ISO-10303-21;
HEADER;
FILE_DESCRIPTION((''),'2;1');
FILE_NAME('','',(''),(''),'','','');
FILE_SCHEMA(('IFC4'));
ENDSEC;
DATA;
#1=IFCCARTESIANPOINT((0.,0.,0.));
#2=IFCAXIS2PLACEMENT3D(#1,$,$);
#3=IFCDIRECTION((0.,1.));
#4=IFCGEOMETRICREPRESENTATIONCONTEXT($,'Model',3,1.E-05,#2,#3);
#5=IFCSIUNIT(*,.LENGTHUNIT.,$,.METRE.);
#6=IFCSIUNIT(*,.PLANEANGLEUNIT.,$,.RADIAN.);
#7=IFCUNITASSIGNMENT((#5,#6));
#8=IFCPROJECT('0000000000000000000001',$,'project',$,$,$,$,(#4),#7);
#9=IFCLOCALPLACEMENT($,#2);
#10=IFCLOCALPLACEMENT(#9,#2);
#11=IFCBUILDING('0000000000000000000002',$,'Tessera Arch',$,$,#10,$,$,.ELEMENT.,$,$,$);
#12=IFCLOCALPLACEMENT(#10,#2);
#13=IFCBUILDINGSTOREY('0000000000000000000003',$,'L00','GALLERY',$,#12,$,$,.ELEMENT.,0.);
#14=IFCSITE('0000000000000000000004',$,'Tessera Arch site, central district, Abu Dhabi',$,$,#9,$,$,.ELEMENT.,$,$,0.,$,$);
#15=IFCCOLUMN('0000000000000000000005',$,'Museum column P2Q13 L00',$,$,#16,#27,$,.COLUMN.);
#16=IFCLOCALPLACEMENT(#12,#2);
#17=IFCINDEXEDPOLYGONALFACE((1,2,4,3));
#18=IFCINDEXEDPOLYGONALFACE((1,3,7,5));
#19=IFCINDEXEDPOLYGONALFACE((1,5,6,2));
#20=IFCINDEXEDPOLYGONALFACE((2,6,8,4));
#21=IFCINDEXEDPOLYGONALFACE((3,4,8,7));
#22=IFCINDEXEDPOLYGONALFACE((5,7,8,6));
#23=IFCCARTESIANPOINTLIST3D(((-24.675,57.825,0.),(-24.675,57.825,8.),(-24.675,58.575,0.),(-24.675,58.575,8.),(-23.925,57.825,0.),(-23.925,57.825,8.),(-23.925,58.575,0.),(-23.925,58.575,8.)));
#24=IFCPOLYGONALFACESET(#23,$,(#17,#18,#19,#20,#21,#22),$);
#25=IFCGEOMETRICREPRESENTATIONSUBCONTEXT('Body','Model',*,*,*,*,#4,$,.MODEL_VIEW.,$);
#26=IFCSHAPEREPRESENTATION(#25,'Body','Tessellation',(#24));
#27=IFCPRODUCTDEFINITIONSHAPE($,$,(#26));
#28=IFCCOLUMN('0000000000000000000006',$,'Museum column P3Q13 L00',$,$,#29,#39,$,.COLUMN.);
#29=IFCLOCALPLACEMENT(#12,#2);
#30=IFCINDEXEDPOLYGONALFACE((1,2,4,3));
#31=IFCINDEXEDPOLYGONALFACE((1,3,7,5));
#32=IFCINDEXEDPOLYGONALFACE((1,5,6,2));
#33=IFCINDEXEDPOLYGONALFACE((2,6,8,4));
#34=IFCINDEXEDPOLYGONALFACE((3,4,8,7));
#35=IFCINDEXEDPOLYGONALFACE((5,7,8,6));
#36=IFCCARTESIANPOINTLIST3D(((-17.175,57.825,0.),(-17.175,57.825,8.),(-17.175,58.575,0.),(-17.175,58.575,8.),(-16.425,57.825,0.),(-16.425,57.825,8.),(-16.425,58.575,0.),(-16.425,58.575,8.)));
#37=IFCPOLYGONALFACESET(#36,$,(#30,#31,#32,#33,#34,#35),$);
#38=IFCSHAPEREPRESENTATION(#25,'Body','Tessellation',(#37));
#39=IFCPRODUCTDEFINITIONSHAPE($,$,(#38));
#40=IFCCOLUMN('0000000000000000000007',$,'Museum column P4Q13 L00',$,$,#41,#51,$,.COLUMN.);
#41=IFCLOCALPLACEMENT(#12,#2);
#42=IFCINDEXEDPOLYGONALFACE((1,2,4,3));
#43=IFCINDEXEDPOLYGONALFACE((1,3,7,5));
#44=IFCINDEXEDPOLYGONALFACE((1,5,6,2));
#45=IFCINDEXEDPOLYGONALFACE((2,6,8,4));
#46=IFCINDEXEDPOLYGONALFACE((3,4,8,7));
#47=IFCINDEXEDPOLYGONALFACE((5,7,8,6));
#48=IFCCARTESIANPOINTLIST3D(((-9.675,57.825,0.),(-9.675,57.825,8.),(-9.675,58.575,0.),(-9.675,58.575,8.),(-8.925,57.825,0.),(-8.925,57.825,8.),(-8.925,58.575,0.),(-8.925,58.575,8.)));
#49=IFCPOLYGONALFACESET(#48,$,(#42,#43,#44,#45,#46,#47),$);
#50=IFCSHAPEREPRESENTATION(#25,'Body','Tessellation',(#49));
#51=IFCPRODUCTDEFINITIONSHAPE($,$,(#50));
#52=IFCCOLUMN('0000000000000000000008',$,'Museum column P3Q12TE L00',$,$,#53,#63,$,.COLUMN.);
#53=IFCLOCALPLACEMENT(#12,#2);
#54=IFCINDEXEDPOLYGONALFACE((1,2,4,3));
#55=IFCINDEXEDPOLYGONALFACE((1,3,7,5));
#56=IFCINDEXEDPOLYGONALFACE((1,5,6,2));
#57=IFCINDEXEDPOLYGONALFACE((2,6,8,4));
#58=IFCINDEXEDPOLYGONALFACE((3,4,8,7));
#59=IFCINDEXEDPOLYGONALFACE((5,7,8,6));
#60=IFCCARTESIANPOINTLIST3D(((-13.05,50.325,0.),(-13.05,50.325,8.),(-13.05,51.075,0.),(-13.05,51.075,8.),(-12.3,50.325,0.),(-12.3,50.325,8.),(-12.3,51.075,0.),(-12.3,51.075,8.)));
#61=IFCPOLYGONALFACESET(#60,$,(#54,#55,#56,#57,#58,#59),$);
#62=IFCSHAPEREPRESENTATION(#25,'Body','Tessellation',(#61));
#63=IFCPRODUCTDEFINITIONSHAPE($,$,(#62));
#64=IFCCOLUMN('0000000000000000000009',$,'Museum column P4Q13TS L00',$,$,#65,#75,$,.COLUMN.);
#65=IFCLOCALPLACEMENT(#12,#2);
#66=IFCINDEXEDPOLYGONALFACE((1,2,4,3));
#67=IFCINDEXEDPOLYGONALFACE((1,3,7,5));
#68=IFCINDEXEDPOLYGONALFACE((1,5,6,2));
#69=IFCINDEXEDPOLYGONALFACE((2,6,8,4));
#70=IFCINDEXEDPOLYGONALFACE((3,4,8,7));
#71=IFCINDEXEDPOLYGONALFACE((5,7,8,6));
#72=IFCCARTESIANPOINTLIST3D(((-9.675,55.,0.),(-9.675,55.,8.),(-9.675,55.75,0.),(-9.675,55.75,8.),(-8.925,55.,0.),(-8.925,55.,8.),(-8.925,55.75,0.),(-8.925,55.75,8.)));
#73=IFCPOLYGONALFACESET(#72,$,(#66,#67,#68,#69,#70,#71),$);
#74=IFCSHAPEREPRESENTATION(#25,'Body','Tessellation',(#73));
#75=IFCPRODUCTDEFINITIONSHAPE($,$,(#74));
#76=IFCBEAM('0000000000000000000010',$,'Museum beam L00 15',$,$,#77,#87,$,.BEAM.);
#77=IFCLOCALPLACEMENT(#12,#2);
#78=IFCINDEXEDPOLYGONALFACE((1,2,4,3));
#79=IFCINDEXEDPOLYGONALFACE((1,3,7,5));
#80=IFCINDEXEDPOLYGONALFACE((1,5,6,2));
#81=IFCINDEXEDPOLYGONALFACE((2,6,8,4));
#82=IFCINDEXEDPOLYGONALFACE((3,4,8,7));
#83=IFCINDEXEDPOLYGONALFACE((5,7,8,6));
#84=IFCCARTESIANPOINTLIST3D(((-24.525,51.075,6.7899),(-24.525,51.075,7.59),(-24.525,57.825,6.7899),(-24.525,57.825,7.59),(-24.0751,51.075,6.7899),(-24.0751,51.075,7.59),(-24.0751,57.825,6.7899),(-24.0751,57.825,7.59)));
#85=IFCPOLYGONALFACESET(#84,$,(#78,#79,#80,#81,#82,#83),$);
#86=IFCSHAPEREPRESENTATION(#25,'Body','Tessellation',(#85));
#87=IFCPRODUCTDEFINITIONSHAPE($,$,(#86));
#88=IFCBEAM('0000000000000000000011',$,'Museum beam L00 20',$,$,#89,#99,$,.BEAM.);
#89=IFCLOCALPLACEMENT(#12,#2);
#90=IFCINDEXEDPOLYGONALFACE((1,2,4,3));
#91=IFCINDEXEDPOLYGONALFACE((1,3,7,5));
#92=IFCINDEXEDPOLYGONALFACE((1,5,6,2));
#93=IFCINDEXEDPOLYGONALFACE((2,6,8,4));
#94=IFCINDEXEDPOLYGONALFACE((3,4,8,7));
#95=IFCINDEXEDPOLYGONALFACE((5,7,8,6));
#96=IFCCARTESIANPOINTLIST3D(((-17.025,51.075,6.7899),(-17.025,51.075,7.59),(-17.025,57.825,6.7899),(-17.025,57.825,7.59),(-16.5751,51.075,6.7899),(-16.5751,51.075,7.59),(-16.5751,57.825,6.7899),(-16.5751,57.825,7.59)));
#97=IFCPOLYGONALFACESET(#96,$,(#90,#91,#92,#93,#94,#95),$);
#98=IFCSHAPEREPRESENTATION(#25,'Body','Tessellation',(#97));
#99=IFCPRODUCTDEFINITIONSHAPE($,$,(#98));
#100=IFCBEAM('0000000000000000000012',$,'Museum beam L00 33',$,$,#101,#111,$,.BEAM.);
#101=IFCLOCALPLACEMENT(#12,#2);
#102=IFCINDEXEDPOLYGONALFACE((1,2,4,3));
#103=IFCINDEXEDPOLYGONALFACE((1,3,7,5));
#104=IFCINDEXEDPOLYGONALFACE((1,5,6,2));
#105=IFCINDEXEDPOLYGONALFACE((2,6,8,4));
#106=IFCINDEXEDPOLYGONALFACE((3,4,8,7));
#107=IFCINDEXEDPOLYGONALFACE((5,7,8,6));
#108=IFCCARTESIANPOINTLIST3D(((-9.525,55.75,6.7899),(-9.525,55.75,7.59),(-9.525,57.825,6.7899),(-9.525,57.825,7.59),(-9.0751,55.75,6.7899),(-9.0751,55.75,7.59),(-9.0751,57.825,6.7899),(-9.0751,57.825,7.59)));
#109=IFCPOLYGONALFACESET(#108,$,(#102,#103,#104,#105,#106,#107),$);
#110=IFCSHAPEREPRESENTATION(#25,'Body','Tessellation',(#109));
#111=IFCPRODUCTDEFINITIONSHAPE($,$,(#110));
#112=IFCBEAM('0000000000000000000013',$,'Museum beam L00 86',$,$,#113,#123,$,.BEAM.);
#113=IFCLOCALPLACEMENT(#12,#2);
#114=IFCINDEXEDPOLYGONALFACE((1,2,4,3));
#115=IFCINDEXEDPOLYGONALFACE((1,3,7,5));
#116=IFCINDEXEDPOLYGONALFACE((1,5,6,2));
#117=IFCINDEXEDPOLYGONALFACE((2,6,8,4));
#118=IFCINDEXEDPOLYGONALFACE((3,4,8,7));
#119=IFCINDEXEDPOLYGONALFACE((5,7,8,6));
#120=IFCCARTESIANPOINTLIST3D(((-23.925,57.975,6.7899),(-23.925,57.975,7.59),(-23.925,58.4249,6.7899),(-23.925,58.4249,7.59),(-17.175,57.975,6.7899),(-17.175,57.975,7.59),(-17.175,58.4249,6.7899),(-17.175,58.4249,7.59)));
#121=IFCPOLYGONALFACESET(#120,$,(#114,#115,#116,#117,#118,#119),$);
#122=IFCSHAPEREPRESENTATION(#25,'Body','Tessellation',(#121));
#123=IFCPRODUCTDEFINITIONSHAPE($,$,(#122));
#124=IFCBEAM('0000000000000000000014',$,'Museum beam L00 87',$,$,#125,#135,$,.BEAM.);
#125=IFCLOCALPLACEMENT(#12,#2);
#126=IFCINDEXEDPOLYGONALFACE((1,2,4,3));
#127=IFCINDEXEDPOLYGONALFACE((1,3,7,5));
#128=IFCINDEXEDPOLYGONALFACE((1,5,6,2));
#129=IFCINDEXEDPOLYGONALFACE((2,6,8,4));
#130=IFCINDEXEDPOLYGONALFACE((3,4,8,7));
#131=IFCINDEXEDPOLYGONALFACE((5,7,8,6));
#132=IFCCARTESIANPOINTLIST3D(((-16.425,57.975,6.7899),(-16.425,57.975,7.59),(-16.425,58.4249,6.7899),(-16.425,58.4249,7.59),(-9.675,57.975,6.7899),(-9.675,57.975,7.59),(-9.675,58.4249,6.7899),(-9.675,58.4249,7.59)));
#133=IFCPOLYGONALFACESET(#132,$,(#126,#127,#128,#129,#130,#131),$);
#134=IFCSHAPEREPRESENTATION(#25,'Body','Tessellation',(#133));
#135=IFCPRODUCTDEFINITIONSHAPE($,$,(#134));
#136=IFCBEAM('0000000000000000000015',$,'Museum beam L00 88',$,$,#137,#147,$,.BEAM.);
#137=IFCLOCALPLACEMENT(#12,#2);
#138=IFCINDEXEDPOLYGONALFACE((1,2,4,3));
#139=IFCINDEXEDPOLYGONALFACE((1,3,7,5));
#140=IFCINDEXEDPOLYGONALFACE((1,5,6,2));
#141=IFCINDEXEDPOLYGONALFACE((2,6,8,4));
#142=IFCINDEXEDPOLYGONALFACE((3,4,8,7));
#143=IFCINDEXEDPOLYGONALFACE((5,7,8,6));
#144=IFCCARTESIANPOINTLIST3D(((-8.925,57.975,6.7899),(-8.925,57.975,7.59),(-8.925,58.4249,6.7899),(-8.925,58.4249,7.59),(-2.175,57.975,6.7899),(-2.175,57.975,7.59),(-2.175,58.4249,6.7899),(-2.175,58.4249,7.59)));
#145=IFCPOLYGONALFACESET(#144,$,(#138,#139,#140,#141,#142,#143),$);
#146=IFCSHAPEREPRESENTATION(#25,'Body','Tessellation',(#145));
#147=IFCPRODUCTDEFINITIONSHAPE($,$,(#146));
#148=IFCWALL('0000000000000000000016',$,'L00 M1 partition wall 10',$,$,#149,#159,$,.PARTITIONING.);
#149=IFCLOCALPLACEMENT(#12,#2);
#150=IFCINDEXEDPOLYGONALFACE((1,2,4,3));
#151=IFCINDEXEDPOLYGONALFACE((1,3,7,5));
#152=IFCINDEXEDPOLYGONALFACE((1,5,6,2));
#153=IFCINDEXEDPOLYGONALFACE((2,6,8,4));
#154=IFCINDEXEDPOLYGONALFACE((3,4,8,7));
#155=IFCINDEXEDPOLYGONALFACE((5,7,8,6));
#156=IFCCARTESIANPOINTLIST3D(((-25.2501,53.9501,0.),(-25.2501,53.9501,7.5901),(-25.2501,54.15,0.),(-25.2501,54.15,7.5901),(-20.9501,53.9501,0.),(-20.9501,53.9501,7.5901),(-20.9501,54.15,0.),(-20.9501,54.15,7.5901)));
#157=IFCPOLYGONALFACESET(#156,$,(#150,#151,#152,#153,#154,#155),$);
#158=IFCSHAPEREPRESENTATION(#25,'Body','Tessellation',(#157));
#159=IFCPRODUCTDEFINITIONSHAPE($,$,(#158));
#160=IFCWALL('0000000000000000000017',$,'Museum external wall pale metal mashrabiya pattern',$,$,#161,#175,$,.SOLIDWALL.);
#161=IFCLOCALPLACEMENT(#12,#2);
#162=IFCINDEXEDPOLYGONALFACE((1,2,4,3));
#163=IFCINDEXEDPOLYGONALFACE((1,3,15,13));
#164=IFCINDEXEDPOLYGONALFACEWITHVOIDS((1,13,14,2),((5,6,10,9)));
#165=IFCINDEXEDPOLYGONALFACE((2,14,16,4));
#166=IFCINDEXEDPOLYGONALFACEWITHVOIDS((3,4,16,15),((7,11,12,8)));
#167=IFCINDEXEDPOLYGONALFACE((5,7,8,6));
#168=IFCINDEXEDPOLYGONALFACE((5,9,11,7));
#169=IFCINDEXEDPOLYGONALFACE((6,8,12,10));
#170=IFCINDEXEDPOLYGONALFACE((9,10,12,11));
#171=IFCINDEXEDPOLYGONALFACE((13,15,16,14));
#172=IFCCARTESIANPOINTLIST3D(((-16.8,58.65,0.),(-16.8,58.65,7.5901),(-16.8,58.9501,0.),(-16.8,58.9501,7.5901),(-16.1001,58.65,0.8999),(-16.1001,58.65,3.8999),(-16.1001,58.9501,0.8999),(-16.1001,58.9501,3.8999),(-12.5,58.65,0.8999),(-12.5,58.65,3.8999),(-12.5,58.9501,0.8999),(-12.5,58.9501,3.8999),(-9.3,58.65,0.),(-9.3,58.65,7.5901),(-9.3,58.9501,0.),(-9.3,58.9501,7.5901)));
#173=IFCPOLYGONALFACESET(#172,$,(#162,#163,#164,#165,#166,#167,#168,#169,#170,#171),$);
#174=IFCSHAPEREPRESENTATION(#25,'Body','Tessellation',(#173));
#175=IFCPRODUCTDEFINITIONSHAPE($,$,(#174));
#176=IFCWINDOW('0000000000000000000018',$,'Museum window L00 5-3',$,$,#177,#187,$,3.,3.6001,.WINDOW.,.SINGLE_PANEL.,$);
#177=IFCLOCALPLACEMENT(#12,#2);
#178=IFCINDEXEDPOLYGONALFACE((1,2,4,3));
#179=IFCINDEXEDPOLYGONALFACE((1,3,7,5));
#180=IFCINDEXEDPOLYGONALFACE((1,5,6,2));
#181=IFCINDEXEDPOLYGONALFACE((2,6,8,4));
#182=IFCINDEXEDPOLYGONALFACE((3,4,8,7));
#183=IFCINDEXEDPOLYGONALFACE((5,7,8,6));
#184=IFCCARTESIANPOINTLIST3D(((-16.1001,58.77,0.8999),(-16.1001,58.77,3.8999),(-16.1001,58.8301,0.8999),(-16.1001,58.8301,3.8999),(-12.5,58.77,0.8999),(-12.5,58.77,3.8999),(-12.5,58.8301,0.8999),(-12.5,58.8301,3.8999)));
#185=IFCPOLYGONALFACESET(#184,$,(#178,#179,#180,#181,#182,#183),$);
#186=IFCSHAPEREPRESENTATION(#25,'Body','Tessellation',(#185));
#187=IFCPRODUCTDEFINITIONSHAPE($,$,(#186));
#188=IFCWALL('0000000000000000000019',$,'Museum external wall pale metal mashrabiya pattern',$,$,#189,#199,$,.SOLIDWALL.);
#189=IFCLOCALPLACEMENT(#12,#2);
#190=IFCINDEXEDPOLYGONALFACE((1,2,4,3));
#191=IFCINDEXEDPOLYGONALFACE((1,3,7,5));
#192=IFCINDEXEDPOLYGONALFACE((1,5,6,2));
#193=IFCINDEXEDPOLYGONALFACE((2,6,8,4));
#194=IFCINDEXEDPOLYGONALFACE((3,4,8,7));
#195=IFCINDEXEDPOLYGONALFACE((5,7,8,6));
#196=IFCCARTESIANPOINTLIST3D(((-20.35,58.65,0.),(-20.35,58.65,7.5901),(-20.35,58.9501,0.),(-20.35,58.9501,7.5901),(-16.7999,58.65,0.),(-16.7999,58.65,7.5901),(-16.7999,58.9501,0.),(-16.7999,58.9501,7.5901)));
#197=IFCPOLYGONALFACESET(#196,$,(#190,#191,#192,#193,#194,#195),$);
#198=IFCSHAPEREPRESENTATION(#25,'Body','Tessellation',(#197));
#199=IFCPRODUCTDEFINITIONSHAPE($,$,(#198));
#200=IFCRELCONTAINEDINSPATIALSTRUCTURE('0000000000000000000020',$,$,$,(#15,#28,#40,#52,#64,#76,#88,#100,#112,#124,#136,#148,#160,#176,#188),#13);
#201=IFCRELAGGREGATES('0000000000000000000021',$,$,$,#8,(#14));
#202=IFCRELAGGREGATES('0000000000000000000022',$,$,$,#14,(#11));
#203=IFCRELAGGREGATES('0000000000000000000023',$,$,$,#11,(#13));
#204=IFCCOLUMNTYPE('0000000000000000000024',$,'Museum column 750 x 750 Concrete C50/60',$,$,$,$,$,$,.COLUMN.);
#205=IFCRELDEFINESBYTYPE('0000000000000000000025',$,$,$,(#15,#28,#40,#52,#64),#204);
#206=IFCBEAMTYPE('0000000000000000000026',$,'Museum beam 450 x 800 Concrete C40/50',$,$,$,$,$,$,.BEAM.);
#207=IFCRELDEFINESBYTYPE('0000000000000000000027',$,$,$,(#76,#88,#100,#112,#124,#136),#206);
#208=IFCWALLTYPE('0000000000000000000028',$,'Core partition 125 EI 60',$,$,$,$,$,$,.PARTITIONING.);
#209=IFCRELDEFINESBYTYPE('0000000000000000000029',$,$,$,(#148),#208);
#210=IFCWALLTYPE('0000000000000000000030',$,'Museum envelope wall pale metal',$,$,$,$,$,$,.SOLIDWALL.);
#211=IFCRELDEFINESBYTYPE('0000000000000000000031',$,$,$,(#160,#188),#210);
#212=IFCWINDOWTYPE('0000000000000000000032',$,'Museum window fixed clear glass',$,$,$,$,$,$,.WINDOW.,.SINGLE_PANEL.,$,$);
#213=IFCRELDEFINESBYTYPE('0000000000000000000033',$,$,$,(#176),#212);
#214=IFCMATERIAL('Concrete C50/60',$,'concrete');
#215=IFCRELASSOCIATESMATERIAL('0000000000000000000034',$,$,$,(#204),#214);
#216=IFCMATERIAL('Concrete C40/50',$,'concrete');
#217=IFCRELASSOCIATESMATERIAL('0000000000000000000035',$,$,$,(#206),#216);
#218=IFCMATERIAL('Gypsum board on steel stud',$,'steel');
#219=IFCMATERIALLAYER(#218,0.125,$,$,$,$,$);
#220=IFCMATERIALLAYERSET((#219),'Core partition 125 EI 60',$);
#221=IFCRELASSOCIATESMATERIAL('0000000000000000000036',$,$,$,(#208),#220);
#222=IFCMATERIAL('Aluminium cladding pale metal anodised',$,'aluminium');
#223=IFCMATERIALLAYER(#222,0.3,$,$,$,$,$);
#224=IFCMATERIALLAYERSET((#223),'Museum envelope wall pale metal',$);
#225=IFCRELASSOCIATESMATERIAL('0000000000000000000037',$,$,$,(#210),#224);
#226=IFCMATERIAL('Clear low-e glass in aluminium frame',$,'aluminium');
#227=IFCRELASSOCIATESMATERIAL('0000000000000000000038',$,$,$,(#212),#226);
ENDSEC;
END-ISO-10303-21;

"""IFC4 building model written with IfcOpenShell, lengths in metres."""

from ifc_helpers import new_model, si_unit, direction, frame, frame_2d, origin, origin_2d, place, context, subcontext, project, spatial, rectangle, extrude, material, layer, layer_set, material_profile, profile_set, type_object, element, fill, save


model = new_model("IFC4")

# Units and contexts
model_context = context("Model", 3, precision=1e-05, world=origin(), true_north=direction((0.0, 1.0)))
body_context = subcontext(model_context, "Body", "Model", "MODEL_VIEW")
ifc_project = project(units=[si_unit("LENGTHUNIT", "METRE"), si_unit("PLANEANGLEUNIT", "RADIAN")], contexts=[model_context])

# Site, building, storey
site_placement = place(None, origin())
site = spatial("IfcSite", under=ifc_project, at=site_placement, Name="Tessera Arch site, central district, Abu Dhabi", CompositionType="ELEMENT", RefElevation=0.0)
building_placement = place(site_placement, origin())
building = spatial("IfcBuilding", under=site, at=building_placement, Name="Tessera Arch", CompositionType="ELEMENT")
storey_placement = place(building_placement, origin())
storey = spatial("IfcBuildingStorey", under=building, at=storey_placement, Name="L00", Description="GALLERY", CompositionType="ELEMENT", Elevation=0.0)

# Columns
ifc_material_1 = material(Name="Concrete C50/60", Category="concrete")
ifc_material_profile_1 = material_profile(ifc_material_1, rectangle(XDim=0.75, YDim=0.75, at=origin_2d()), Name="Museum column 750 x 750 Concrete C50/60")
ifc_profile_set_1 = profile_set([ifc_material_profile_1], Name="Concrete C50/60")
column_type = type_object("IfcColumnType", Name="Museum column 750 x 750 Concrete C50/60", PredefinedType="COLUMN", material=ifc_profile_set_1)
for number, where, z_axis, x_axis, name in (
    (1, (-24.3, 58.2, 0.0), (0.0, 0.0, 1.0), (1.0, 0.0, 0.0), "Museum column P2Q13 L00"),
    (2, (-16.8, 58.2, 0.0), (0.0, 0.0, 1.0), (1.0, 0.0, 0.0), "Museum column P3Q13 L00"),
    (3, (-9.3, 58.2, 0.0), (0.0, 0.0, 1.0), (1.0, 0.0, 0.0), "Museum column P4Q13 L00"),
    (4, (-12.675, 50.7, 0.0), (0.0, 0.0, 1.0), (1.0, 0.0, 0.0), "Museum column P3Q12TE L00"),
    (5, (-9.3, 55.375, 0.0), (0.0, 0.0, 1.0), (1.0, 0.0, 0.0), "Museum column P4Q13TS L00"),
):
    element("IfcColumn", number, at=place(storey_placement, frame(where, z_axis=z_axis, x_axis=x_axis)), inside=storey, type_object=column_type, Name=name, PredefinedType="COLUMN", context=body_context, shape_type="SweptSolid", body=[
        extrude(rectangle(XDim=0.75, YDim=0.75, at=origin_2d()), origin(), (0.0, 0.0, 1.0), 8.0),
    ])

# Beams
ifc_material_2 = material(Name="Concrete C40/50", Category="concrete")
ifc_material_profile_2 = material_profile(ifc_material_2, rectangle(XDim=0.45, YDim=0.8, at=origin_2d()), Name="Museum beam 450 x 800 Concrete C40/50")
ifc_profile_set_2 = profile_set([ifc_material_profile_2], Name="Concrete C40/50")
beam_type = type_object("IfcBeamType", Name="Museum beam 450 x 800 Concrete C40/50", PredefinedType="BEAM", material=ifc_profile_set_2)
for number, where, z_axis, x_axis, name in (
    (6, (-24.3, 51.075, 7.1899), (0.0, 1.0, 0.0), (-1.0, 0.0, 0.0), "Museum beam L00 15"),
    (7, (-16.8, 51.075, 7.1899), (0.0, 1.0, 0.0), (-1.0, 0.0, 0.0), "Museum beam L00 20"),
):
    element("IfcBeam", number, at=place(storey_placement, frame(where, z_axis=z_axis, x_axis=x_axis)), inside=storey, type_object=beam_type, Name=name, PredefinedType="BEAM", context=body_context, shape_type="SweptSolid", body=[
        extrude(rectangle(XDim=0.45, YDim=0.8, at=origin_2d()), origin(), (0.0, 0.0, 1.0), 6.75),
    ])
beam_placement = place(storey_placement, frame((-9.3, 55.75, 7.1899), z_axis=(0.0, 1.0, 0.0), x_axis=(-1.0, 0.0, 0.0)))
element("IfcBeam", 8, at=beam_placement, inside=storey, type_object=beam_type, Name="Museum beam L00 33", PredefinedType="BEAM", context=body_context, shape_type="SweptSolid", body=[
    extrude(rectangle(XDim=0.45, YDim=0.8, at=origin_2d()), origin(), (0.0, 0.0, 1.0), 2.075),
])
for number, where, z_axis, x_axis, name in (
    (9, (-23.925, 58.2, 7.1899), (1.0, 0.0, 0.0), (0.0, 1.0, 0.0), "Museum beam L00 86"),
    (10, (-16.425, 58.2, 7.1899), (1.0, 0.0, 0.0), (0.0, 1.0, 0.0), "Museum beam L00 87"),
    (11, (-8.925, 58.2, 7.1899), (1.0, 0.0, 0.0), (0.0, 1.0, 0.0), "Museum beam L00 88"),
):
    element("IfcBeam", number, at=place(storey_placement, frame(where, z_axis=z_axis, x_axis=x_axis)), inside=storey, type_object=beam_type, Name=name, PredefinedType="BEAM", context=body_context, shape_type="SweptSolid", body=[
        extrude(rectangle(XDim=0.45, YDim=0.8, at=origin_2d()), origin(), (0.0, 0.0, 1.0), 6.75),
    ])

# Wall
ifc_material_3 = material(Name="Gypsum board on steel stud", Category="steel")
ifc_layer_1 = layer(ifc_material_3, 0.125)
ifc_layer_set_1 = layer_set([ifc_layer_1], Name="Core partition 125 EI 60")
wall_type_1 = type_object("IfcWallType", Name="Core partition 125 EI 60", PredefinedType="PARTITIONING", material=ifc_layer_set_1)
wall_1_placement = place(storey_placement, frame((-25.25, 54.05, 0.0), z_axis=(0.0, 0.0, 1.0), x_axis=(1.0, 0.0, 0.0)))
element("IfcWall", 12, at=wall_1_placement, inside=storey, type_object=wall_type_1, Name="L00 M1 partition wall 10", PredefinedType="PARTITIONING", context=body_context, shape_type="SweptSolid", body=[
    extrude(rectangle(XDim=4.3, YDim=0.2, at=frame_2d((2.1499, 0.0))), origin(), (0.0, 0.0, 1.0), 7.5901),
])

# Wall, opening, window
ifc_material_4 = material(Name="Aluminium cladding pale metal anodised", Category="aluminium")
ifc_layer_2 = layer(ifc_material_4, 0.3)
ifc_layer_set_2 = layer_set([ifc_layer_2], Name="Museum envelope wall pale metal")
wall_type_2 = type_object("IfcWallType", Name="Museum envelope wall pale metal", PredefinedType="SOLIDWALL", material=ifc_layer_set_2)
wall_2_placement = place(storey_placement, frame((-9.3, 58.8, 0.0), z_axis=(0.0, 0.0, 1.0), x_axis=(-1.0, 0.0, 0.0)))
wall_2 = element("IfcWall", 13, at=wall_2_placement, inside=storey, type_object=wall_type_2, Name="Museum external wall pale metal mashrabiya pattern", PredefinedType="SOLIDWALL", context=body_context, shape_type="SweptSolid", body=[
    extrude(rectangle(XDim=7.5, YDim=0.3, at=frame_2d((3.75, 0.0))), origin(), (0.0, 0.0, 1.0), 7.5901),
])
opening_1_placement = place(wall_2_placement, frame((3.2, 0.0, 0.8999)))
opening_1 = element("IfcOpeningElement", 14, at=opening_1_placement, cuts=wall_2, PredefinedType="OPENING", context=body_context, shape_type="SweptSolid", body=[
    extrude(rectangle(XDim=3.6001, YDim=3.0, at=frame_2d((1.8, 1.5))), frame((0.0, 0.1599, 0.0), z_axis=(0.0, -1.0, 0.0), x_axis=(1.0, 0.0, 0.0)), (0.0, 0.0, 1.0), 0.3201),
])
ifc_material_5 = material(Name="Clear low-e glass in aluminium frame", Category="aluminium")
window_type = type_object("IfcWindowType", Name="Museum window fixed clear glass", PartitioningType="SINGLE_PANEL", PredefinedType="WINDOW", material=ifc_material_5)
window_placement = place(opening_1_placement, origin())
window = element("IfcWindow", 15, at=window_placement, inside=storey, type_object=window_type, Name="Museum window L00 5-3", OverallHeight=3.0, OverallWidth=3.6001, PartitioningType="SINGLE_PANEL", PredefinedType="WINDOW", context=body_context, shape_type="SweptSolid", body=[
    extrude(rectangle(XDim=3.6001, YDim=3.0, at=frame_2d((1.8, 1.5))), frame((0.0, 0.03, 0.0), z_axis=(0.0, -1.0, 0.0), x_axis=(1.0, 0.0, 0.0)), (0.0, 0.0, 1.0), 0.0601),
])
fill(opening_1, window)

# Wall
wall_3_placement = place(storey_placement, frame((-16.8, 58.8, 0.0), z_axis=(0.0, 0.0, 1.0), x_axis=(-1.0, 0.0, 0.0)))
element("IfcWall", 16, at=wall_3_placement, inside=storey, type_object=wall_type_2, Name="Museum external wall pale metal mashrabiya pattern", PredefinedType="SOLIDWALL", context=body_context, shape_type="SweptSolid", body=[
    extrude(rectangle(XDim=3.55, YDim=0.3, at=frame_2d((1.7749, 0.0))), origin(), (0.0, 0.0, 1.0), 7.5901),
])

save(model, "model.ifc")
